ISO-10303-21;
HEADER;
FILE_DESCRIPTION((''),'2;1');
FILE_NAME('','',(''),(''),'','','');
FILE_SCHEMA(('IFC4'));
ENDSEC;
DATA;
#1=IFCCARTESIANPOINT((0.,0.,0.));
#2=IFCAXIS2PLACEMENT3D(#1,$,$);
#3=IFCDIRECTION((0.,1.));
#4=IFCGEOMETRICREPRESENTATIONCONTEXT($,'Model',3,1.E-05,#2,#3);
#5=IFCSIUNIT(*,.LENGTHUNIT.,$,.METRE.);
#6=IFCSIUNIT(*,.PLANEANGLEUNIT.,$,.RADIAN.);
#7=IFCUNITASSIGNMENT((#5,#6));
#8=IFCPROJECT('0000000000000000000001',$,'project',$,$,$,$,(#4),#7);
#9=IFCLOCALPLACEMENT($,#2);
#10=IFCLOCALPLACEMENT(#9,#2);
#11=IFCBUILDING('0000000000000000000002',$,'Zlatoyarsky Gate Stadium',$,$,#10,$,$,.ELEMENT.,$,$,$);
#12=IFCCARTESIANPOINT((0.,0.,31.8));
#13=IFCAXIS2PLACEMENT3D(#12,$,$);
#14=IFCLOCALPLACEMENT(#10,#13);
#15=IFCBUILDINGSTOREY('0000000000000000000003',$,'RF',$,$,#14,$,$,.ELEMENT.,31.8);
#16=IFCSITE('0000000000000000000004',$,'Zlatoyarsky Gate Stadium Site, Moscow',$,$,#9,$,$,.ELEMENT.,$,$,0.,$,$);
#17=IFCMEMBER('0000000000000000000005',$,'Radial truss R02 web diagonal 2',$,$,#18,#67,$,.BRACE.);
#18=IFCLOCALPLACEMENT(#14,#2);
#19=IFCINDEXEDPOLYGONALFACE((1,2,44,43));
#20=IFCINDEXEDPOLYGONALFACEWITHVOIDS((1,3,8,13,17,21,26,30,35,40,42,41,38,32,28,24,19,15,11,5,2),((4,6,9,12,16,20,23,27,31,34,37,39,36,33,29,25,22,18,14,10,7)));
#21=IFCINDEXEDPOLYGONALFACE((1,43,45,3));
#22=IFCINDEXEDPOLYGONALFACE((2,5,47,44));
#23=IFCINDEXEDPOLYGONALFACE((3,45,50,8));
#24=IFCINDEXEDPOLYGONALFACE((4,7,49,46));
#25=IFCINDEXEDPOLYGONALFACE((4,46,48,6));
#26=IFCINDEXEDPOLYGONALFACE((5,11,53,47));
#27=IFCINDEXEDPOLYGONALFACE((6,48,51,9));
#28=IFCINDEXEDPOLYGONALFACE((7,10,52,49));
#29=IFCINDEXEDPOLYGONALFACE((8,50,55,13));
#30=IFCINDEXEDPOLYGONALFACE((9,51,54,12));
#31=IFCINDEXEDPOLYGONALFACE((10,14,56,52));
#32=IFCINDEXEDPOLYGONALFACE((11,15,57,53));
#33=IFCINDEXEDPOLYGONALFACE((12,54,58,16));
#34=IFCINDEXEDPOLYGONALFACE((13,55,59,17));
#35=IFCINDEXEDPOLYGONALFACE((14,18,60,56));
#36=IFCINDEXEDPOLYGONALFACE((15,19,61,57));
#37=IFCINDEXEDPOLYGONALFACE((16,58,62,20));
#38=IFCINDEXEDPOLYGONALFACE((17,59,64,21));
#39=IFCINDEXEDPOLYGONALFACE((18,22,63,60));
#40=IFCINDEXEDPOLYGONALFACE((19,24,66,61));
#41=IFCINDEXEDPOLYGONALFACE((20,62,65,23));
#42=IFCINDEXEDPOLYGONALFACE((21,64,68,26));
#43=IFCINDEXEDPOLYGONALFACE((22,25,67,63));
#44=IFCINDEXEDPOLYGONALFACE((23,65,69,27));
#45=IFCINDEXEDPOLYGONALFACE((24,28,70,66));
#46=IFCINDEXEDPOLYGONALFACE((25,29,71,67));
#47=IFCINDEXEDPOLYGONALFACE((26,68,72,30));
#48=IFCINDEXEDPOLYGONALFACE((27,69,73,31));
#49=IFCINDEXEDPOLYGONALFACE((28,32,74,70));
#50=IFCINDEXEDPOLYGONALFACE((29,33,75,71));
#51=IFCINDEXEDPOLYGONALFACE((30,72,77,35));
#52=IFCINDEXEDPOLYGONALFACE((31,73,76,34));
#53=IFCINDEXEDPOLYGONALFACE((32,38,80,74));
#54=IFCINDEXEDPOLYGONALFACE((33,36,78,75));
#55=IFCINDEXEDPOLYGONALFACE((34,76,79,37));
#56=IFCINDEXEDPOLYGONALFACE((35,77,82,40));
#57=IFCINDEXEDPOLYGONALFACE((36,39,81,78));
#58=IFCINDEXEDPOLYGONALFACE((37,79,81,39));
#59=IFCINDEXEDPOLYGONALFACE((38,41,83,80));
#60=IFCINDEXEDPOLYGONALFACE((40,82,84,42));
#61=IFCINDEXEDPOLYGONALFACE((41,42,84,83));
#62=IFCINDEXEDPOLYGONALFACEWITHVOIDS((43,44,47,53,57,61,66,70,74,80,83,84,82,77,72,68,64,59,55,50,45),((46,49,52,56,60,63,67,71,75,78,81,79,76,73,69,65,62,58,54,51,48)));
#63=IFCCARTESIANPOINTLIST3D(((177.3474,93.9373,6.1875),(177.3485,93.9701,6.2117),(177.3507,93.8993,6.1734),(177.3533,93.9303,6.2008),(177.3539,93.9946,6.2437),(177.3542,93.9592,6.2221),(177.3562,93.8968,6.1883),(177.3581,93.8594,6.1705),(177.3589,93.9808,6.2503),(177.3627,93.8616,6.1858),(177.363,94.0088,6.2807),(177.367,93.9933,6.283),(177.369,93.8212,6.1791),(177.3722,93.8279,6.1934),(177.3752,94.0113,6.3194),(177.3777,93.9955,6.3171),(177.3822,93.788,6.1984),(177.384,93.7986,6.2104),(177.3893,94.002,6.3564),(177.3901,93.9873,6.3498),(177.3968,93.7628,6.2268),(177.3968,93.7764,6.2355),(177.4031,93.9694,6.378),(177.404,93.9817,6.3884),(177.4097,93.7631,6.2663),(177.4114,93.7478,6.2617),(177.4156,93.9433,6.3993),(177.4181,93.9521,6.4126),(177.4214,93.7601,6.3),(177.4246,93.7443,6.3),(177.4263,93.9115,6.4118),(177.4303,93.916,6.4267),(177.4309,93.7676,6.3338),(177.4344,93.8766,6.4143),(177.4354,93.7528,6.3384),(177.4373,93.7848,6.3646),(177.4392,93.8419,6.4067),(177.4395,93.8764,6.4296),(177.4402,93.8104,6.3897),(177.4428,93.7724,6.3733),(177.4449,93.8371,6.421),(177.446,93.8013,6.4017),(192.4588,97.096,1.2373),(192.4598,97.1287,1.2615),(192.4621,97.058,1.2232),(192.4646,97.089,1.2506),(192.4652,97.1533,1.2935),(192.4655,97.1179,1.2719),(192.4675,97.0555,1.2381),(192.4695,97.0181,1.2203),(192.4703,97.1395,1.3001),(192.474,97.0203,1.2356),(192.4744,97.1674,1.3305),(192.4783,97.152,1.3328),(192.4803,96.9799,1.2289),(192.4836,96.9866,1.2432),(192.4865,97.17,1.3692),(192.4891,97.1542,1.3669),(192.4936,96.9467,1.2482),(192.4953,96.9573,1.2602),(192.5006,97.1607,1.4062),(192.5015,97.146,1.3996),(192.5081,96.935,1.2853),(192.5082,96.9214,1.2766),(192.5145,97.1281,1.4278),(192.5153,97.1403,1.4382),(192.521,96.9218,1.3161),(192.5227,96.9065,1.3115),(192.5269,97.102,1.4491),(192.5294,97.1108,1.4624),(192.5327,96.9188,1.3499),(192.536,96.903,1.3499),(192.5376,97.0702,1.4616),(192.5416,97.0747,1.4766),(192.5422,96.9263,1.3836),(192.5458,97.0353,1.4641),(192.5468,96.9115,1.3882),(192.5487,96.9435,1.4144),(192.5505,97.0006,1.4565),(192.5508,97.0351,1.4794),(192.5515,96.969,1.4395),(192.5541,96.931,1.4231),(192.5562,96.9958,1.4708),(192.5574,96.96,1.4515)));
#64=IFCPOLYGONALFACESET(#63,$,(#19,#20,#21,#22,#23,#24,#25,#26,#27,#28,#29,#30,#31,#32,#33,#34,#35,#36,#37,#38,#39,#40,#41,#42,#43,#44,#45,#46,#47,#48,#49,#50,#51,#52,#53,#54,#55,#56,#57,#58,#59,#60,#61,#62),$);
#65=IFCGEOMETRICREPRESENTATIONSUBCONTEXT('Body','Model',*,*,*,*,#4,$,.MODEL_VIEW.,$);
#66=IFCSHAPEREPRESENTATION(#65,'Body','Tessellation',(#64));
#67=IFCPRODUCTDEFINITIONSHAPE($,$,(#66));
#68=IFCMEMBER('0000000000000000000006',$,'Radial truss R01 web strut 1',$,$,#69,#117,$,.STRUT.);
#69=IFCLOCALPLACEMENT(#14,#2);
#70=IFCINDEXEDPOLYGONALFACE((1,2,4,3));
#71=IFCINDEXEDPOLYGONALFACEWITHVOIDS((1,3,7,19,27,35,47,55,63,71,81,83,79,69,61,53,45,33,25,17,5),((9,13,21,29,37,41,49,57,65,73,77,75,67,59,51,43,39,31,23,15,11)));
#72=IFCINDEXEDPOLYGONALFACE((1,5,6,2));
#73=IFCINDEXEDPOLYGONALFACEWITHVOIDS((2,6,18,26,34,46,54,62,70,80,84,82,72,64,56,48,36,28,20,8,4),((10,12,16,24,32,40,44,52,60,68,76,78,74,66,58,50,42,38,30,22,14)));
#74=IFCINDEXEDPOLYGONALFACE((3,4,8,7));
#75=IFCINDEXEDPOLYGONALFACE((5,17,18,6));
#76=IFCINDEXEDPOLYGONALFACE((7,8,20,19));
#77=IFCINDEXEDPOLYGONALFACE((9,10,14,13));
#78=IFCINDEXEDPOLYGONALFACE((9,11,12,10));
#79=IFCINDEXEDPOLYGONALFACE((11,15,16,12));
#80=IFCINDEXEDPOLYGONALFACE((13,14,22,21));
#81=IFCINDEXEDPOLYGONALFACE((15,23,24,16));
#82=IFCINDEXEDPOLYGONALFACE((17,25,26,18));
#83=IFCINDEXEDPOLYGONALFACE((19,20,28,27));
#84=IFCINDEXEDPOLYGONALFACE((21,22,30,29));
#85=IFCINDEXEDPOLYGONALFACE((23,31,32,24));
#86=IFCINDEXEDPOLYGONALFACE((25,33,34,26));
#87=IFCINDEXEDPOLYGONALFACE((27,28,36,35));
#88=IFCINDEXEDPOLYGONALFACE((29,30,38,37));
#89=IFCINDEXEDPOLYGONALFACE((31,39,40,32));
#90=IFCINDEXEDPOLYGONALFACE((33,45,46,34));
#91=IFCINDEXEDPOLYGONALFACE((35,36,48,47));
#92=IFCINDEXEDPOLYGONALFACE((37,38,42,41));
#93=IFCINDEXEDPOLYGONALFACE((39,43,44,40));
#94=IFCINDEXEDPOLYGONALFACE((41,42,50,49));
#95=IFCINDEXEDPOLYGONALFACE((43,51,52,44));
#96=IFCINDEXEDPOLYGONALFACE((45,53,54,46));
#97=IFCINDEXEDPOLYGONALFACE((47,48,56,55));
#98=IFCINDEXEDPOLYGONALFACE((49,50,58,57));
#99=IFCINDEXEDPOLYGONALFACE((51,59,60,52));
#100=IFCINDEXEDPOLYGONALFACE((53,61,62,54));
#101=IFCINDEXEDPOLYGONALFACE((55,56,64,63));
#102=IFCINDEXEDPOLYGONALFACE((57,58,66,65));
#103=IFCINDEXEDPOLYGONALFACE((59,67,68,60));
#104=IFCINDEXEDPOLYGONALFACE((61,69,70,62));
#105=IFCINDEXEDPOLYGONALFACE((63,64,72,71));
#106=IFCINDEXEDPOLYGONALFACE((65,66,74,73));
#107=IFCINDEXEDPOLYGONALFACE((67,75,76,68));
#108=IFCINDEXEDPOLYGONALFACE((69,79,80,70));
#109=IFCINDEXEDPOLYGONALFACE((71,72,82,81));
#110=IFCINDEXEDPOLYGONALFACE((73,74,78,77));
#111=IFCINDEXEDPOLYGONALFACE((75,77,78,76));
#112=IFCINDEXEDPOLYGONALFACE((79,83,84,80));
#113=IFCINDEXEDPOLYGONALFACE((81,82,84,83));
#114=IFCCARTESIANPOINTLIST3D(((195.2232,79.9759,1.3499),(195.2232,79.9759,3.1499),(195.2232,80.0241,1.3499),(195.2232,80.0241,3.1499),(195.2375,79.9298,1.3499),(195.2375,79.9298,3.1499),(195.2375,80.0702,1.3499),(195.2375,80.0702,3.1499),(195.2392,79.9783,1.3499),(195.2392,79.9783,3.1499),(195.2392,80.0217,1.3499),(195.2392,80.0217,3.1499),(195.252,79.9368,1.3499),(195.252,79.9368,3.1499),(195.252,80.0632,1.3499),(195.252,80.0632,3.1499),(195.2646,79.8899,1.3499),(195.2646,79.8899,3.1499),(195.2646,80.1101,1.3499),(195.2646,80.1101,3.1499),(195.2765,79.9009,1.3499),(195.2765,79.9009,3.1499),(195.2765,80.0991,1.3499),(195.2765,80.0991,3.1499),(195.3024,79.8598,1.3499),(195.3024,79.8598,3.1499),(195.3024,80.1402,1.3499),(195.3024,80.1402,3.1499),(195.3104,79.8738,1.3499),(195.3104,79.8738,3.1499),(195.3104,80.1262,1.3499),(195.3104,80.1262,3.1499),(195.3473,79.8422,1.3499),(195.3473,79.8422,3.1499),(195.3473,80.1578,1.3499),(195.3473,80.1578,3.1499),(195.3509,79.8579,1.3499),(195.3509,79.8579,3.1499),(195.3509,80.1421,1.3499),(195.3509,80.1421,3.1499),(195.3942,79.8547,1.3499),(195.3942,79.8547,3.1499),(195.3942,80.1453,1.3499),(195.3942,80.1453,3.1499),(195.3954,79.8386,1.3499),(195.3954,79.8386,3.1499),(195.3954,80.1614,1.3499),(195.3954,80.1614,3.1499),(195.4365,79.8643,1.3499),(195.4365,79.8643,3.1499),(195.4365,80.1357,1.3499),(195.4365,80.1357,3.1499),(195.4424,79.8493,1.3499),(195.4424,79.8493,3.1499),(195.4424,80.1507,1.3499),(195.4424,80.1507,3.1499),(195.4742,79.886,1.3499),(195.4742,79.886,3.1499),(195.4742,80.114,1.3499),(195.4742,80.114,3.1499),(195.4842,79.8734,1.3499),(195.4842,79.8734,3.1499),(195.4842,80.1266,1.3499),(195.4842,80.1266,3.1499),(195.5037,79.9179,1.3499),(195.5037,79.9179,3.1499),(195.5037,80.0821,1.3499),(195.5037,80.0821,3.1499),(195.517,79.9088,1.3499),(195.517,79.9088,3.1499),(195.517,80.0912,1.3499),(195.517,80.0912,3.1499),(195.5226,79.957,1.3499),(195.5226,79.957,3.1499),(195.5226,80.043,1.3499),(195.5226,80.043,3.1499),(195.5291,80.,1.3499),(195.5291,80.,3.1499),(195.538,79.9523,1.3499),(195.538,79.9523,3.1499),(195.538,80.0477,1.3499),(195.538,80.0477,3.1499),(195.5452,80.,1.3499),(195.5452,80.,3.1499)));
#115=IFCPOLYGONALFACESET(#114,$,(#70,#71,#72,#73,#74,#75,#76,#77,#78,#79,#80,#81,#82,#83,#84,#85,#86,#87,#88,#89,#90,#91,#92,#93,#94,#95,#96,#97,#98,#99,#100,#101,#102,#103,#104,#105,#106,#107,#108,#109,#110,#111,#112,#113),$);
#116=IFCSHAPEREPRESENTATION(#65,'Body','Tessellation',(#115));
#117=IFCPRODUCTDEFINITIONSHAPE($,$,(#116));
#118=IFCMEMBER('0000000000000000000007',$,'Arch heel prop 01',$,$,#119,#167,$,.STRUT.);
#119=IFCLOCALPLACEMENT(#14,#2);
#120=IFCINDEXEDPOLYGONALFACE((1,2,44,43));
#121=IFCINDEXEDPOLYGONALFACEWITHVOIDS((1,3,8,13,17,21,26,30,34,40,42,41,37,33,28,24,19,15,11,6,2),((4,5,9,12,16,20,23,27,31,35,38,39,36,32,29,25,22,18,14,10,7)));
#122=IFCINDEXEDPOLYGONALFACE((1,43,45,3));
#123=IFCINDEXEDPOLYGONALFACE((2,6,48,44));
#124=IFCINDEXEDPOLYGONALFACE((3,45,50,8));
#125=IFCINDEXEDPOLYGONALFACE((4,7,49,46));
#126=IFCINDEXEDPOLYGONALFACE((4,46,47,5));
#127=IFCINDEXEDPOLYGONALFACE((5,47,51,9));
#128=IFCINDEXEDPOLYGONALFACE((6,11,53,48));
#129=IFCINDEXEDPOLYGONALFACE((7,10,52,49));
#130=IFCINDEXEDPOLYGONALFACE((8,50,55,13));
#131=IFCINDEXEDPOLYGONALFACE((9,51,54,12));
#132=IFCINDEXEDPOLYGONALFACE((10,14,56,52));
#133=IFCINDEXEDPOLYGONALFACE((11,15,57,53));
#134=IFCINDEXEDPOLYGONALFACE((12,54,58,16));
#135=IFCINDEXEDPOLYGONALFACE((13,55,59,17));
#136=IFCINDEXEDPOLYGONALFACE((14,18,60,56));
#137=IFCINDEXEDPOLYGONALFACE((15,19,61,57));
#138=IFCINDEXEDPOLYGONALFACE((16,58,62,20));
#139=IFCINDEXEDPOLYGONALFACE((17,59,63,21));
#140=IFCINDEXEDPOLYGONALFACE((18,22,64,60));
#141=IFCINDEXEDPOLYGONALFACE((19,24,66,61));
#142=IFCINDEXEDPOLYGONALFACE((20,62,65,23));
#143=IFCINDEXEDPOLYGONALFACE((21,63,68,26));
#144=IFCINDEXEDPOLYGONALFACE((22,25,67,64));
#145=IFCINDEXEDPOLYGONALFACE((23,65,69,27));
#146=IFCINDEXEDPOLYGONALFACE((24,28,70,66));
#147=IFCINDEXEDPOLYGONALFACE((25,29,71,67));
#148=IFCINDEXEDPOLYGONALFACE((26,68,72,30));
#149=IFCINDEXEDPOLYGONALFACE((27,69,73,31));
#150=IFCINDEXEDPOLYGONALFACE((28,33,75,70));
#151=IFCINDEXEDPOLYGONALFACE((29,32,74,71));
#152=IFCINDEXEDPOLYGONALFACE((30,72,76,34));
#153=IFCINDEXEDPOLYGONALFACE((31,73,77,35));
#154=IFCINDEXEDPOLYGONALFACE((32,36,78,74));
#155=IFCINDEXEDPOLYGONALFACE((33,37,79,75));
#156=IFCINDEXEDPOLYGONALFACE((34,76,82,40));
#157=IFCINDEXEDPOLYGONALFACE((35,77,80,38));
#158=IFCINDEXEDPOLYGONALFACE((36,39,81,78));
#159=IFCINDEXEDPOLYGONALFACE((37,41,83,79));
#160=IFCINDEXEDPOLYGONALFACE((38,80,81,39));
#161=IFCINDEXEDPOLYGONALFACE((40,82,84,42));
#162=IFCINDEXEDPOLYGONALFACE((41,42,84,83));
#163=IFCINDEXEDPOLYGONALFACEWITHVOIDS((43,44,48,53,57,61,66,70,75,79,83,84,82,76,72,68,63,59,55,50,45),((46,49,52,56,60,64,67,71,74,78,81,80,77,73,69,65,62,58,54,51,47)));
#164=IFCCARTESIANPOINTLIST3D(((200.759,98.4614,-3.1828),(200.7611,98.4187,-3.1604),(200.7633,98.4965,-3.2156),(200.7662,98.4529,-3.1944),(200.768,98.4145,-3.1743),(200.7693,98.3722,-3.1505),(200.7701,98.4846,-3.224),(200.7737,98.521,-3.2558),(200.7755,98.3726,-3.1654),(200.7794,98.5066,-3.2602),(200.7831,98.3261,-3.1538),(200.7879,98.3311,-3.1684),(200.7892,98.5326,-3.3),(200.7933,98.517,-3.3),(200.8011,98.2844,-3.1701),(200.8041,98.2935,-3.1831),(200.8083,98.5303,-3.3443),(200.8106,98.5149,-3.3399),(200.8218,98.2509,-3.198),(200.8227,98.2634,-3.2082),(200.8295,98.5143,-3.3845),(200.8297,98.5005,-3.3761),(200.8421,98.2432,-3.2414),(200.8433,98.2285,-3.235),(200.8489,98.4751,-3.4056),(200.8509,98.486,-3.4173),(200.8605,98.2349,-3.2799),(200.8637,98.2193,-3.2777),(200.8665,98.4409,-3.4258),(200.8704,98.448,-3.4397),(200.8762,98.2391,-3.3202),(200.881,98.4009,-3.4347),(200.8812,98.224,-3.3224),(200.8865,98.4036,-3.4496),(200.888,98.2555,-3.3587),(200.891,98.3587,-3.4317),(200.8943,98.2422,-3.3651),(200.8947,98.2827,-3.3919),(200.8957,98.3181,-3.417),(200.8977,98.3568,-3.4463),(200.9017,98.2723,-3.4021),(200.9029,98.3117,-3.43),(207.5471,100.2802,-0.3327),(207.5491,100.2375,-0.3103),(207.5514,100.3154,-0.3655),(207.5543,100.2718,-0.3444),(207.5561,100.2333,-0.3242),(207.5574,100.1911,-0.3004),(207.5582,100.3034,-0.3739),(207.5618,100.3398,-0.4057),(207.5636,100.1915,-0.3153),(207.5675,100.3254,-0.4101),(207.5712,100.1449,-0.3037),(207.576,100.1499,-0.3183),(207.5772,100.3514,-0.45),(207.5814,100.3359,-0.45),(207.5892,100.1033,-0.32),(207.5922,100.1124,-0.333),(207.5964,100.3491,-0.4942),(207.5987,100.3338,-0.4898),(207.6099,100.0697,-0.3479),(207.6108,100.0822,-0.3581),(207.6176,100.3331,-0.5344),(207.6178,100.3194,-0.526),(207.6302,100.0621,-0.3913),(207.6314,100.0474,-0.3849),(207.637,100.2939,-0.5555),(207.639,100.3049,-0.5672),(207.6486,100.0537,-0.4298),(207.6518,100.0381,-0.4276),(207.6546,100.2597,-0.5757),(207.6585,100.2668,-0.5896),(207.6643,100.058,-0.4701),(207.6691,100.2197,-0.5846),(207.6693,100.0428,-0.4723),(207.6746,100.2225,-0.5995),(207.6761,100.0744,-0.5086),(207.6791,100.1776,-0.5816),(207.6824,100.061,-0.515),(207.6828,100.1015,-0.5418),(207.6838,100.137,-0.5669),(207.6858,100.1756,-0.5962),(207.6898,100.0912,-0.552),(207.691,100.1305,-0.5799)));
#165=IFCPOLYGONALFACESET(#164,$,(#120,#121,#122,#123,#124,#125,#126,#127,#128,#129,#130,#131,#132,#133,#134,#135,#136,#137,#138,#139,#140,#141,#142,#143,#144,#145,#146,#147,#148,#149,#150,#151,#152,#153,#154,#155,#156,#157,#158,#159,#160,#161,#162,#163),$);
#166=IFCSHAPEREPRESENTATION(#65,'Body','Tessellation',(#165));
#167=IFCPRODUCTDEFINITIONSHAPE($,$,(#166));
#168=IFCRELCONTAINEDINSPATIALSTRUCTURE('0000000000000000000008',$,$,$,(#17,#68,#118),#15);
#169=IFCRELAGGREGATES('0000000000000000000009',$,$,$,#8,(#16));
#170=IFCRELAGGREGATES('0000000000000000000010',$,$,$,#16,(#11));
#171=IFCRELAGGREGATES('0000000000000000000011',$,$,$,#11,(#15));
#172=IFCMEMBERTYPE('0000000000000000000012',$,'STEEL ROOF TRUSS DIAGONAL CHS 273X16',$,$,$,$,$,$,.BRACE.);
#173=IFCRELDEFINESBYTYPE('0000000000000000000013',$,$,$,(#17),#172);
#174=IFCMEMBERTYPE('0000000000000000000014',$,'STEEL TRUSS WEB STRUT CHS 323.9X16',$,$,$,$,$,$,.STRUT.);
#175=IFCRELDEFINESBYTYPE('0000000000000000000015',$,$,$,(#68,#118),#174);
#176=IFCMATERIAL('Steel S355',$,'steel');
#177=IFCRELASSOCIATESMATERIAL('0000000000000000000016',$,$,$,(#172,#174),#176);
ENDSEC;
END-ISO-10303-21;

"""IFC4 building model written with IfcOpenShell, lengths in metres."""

from ifc_helpers import new_model, si_unit, direction, frame, origin, origin_2d, place, context, subcontext, project, spatial, hollow_circle, extrude, material, material_profile, profile_set, type_object, element, save


model = new_model("IFC4")

# Units and contexts
model_context = context("Model", 3, precision=1e-05, world=origin(), true_north=direction((0.0, 1.0)))
body_context = subcontext(model_context, "Body", "Model", "MODEL_VIEW")
ifc_project = project(units=[si_unit("LENGTHUNIT", "METRE"), si_unit("PLANEANGLEUNIT", "RADIAN")], contexts=[model_context])

# Site, building, storey
site_placement = place(None, origin())
site = spatial("IfcSite", under=ifc_project, at=site_placement, Name="Zlatoyarsky Gate Stadium Site, Moscow", CompositionType="ELEMENT", RefElevation=0.0)
building_placement = place(site_placement, origin())
building = spatial("IfcBuilding", under=site, at=building_placement, Name="Zlatoyarsky Gate Stadium", CompositionType="ELEMENT")
storey_placement = place(building_placement, frame((0.0, 0.0, 31.8)))
storey = spatial("IfcBuildingStorey", under=building, at=storey_placement, Name="RF", CompositionType="ELEMENT", Elevation=31.8)

# Shared definitions
ifc_material_1 = material(Name="Steel S355", Category="steel")

# Members
ifc_material_profile_1 = material_profile(ifc_material_1, hollow_circle(Radius=0.1365, WallThickness=0.0161, at=origin_2d()), Name="CHS 273X16")
ifc_profile_set_1 = profile_set([ifc_material_profile_1], Name="Steel S355")
member_type_1 = type_object("IfcMemberType", Name="STEEL ROOF TRUSS DIAGONAL CHS 273X16", PredefinedType="BRACE", material=ifc_profile_set_1)
member_1_placement = place(storey_placement, frame((192.5081, 97.0366, 1.3499), z_axis=(-0.932099, -0.194835, 0.305338), x_axis=(0.204606, -0.978844, 0.0)))
element("IfcMember", 1, at=member_1_placement, inside=storey, type_object=member_type_1, Name="Radial truss R02 web diagonal 2", PredefinedType="BRACE", context=body_context, shape_type="SweptSolid", body=[
    extrude(hollow_circle(Radius=0.1365, WallThickness=0.0161, at=origin_2d()), origin(), (0.0, 0.0, 1.0), 16.2122),
])
ifc_material_profile_2 = material_profile(ifc_material_1, hollow_circle(Radius=0.1619, WallThickness=0.0161, at=origin_2d()), Name="CHS 323.9X16")
ifc_profile_set_2 = profile_set([ifc_material_profile_2], Name="Steel S355")
member_type_2 = type_object("IfcMemberType", Name="STEEL TRUSS WEB STRUT CHS 323.9X16", PredefinedType="STRUT", material=ifc_profile_set_2)
member_2_placement = place(storey_placement, frame((195.3833, 80.0, 1.3499), z_axis=(0.0, 0.0, 1.0), x_axis=(1.0, 0.0, 0.0)))
element("IfcMember", 2, at=member_2_placement, inside=storey, type_object=member_type_2, Name="Radial truss R01 web strut 1", PredefinedType="STRUT", context=body_context, shape_type="SweptSolid", body=[
    extrude(hollow_circle(Radius=0.1619, WallThickness=0.0161, at=origin_2d()), origin(), (0.0, 0.0, 1.0), 1.8),
])
member_3_placement = place(storey_placement, frame((200.8311, 98.3762, -3.3), z_axis=(0.895113, 0.239843, 0.375829), x_axis=(-0.258817, 0.965926, 0.0)))
element("IfcMember", 3, at=member_3_placement, inside=storey, type_object=member_type_2, Name="Arch heel prop 01", PredefinedType="STRUT", context=body_context, shape_type="SweptSolid", body=[
    extrude(hollow_circle(Radius=0.1619, WallThickness=0.0161, at=origin_2d()), origin(), (0.0, 0.0, 1.0), 7.5835),
])

save(model, "model.ifc")
